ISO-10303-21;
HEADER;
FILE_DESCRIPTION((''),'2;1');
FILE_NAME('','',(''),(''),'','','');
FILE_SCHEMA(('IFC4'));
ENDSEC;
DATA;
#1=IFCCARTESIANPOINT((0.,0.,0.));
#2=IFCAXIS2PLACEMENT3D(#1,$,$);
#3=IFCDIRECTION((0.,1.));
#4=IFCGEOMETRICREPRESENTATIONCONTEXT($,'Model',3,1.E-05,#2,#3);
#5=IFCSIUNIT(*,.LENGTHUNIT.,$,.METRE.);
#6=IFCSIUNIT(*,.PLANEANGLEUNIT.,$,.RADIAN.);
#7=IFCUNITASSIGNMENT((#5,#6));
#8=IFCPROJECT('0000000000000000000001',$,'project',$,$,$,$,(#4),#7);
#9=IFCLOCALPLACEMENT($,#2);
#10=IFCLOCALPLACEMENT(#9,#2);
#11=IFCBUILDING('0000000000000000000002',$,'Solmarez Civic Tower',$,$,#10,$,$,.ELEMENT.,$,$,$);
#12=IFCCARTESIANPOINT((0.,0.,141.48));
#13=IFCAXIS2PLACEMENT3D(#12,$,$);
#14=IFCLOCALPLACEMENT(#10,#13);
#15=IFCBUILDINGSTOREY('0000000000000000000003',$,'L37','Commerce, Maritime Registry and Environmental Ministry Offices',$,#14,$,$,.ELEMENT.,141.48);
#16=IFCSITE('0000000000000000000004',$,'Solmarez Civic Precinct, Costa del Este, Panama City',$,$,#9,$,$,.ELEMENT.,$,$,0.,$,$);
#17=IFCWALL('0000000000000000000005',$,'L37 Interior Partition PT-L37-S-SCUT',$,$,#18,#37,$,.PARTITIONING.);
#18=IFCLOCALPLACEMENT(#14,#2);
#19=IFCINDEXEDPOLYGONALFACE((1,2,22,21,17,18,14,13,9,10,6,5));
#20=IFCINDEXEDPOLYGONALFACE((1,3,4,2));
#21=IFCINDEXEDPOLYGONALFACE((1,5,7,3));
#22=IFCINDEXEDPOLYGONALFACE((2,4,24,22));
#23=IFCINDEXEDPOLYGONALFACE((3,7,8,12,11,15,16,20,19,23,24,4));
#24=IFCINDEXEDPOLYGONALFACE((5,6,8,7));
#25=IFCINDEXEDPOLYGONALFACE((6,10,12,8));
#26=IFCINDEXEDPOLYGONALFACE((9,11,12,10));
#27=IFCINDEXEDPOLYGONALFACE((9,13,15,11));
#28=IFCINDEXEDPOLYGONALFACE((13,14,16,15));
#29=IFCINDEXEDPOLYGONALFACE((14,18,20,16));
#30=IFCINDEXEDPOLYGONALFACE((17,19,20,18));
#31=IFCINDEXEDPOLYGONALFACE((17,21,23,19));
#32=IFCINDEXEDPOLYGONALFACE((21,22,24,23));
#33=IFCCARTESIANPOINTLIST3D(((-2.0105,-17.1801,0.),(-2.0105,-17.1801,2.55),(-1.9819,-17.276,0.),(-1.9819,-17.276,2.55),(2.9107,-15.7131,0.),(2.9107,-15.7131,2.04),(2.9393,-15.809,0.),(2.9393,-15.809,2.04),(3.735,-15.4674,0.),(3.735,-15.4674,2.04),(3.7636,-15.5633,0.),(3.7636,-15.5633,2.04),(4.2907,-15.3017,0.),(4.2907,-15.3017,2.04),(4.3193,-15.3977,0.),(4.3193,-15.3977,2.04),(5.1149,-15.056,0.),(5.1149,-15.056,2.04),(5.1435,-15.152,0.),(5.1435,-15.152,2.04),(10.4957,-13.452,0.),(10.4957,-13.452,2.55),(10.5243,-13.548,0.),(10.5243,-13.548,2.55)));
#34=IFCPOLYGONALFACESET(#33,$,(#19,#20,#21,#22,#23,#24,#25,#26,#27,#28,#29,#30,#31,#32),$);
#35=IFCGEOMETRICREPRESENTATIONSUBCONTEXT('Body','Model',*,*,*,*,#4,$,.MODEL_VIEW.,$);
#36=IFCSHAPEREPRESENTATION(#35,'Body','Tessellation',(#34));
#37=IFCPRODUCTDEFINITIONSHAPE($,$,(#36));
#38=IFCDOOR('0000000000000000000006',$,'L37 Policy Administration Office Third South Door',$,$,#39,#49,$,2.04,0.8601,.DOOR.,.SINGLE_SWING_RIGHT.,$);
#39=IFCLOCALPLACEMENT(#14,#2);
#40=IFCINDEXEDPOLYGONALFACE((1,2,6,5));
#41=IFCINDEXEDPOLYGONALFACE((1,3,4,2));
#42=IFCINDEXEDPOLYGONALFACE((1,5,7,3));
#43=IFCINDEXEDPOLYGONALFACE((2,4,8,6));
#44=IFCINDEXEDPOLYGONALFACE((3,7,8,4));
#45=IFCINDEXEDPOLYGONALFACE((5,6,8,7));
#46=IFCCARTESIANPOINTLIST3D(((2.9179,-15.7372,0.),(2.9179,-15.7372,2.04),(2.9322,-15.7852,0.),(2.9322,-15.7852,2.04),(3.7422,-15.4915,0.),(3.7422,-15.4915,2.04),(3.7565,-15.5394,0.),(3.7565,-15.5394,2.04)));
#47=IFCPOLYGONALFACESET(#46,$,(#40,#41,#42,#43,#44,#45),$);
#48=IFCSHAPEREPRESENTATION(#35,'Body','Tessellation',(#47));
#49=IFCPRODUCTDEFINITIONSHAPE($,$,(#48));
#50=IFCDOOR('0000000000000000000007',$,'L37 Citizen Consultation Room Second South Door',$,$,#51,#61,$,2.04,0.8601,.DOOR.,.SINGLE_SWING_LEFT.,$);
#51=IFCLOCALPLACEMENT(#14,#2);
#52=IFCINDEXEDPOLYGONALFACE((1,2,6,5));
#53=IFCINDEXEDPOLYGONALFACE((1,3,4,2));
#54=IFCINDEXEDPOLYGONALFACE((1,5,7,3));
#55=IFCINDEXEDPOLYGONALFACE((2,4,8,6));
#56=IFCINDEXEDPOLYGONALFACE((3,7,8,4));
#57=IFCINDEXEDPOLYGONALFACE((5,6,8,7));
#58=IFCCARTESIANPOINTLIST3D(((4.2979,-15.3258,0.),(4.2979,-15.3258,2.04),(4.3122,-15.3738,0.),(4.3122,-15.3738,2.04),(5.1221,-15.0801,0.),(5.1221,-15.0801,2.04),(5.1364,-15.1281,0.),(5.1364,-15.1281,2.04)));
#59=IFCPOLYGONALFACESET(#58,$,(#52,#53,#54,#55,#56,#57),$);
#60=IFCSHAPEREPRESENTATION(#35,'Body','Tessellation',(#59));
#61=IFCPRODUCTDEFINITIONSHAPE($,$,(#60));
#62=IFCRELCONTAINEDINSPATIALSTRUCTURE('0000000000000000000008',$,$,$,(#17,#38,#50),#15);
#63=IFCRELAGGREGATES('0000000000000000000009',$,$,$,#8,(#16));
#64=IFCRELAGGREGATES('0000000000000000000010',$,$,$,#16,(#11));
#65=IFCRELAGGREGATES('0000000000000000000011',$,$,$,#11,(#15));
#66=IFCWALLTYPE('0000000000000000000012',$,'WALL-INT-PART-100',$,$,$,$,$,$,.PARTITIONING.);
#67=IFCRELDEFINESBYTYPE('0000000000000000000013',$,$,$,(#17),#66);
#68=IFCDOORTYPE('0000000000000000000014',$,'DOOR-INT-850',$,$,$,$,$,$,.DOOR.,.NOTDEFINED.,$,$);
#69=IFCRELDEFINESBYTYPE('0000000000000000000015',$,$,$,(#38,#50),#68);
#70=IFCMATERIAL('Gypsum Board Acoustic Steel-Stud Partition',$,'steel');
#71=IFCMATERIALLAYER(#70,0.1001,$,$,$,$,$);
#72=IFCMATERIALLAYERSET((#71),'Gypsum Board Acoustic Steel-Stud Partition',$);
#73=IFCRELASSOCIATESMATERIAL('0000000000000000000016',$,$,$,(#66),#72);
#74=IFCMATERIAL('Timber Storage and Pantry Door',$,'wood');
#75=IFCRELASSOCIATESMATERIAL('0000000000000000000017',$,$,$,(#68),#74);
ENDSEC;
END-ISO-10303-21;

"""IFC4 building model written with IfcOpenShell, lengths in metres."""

from ifc_helpers import new_model, si_unit, direction, frame, frame_2d, origin, place, context, subcontext, project, spatial, rectangle, extrude, material, layer, layer_set, type_object, element, fill, save


model = new_model("IFC4")

# Units and contexts
model_context = context("Model", 3, precision=1e-05, world=origin(), true_north=direction((0.0, 1.0)))
body_context = subcontext(model_context, "Body", "Model", "MODEL_VIEW")
ifc_project = project(units=[si_unit("LENGTHUNIT", "METRE"), si_unit("PLANEANGLEUNIT", "RADIAN")], contexts=[model_context])

# Site, building, storey
site_placement = place(None, origin())
site = spatial("IfcSite", under=ifc_project, at=site_placement, Name="Solmarez Civic Precinct, Costa del Este, Panama City", CompositionType="ELEMENT", RefElevation=0.0)
building_placement = place(site_placement, origin())
building = spatial("IfcBuilding", under=site, at=building_placement, Name="Solmarez Civic Tower", CompositionType="ELEMENT")
storey_placement = place(building_placement, frame((0.0, 0.0, 141.48)))
storey = spatial("IfcBuildingStorey", under=building, at=storey_placement, Name="L37", Description="Commerce, Maritime Registry and Environmental Ministry Offices", CompositionType="ELEMENT", Elevation=141.48)

# Shared definitions
ifc_material_1 = material(Name="Gypsum Board Acoustic Steel-Stud Partition", Category="steel")
ifc_layer_1 = layer(ifc_material_1, 0.1001)
ifc_layer_set_1 = layer_set([ifc_layer_1], Name="Gypsum Board Acoustic Steel-Stud Partition")
wall_type_1 = type_object("IfcWallType", Name="WALL-INT-PART-100", PredefinedType="PARTITIONING", material=ifc_layer_set_1)

# Wall, openings, doors
wall_1_placement = place(storey_placement, frame((-1.9961, -17.228, 0.0), z_axis=(0.0, 0.0, 1.0), x_axis=(0.958327, 0.285674, 0.0)))
wall_1 = element("IfcWall", 1, at=wall_1_placement, inside=storey, type_object=wall_type_1, Name="L37 Interior Partition PT-L37-S-SCUT", PredefinedType="PARTITIONING", context=body_context, shape_type="SweptSolid", body=[
    extrude(rectangle(XDim=13.05, YDim=0.1001, at=frame_2d((6.5249, 0.0))), origin(), (0.0, 0.0, 1.0), 2.55),
])
opening_1_placement = place(wall_1_placement, frame((5.135, 0.0, 0.0)))
opening_1 = element("IfcOpeningElement", 2, at=opening_1_placement, cuts=wall_1, PredefinedType="OPENING", context=body_context, shape_type="SweptSolid", body=[
    extrude(rectangle(XDim=0.8601, YDim=2.04, at=frame_2d((0.4302, 1.02))), frame((0.0, 0.0601, 0.0), z_axis=(0.0, -1.0, 0.0), x_axis=(1.0, 0.0, 0.0)), (0.0, 0.0, 1.0), 0.1201),
])
opening_2_placement = place(wall_1_placement, frame((6.575, 0.0, 0.0)))
opening_2 = element("IfcOpeningElement", 3, at=opening_2_placement, cuts=wall_1, PredefinedType="OPENING", context=body_context, shape_type="SweptSolid", body=[
    extrude(rectangle(XDim=0.8601, YDim=2.04, at=frame_2d((0.4302, 1.02))), frame((0.0, 0.0601, 0.0), z_axis=(0.0, -1.0, 0.0), x_axis=(1.0, 0.0, 0.0)), (0.0, 0.0, 1.0), 0.1201),
])
ifc_material_2 = material(Name="Timber Storage and Pantry Door", Category="wood")
door_type_1 = type_object("IfcDoorType", Name="DOOR-INT-850", OperationType="NOTDEFINED", PredefinedType="DOOR", material=ifc_material_2)
door_1_placement = place(opening_1_placement, origin())
door_1 = element("IfcDoor", 4, at=door_1_placement, inside=storey, type_object=door_type_1, Name="L37 Policy Administration Office Third South Door", OperationType="SINGLE_SWING_RIGHT", OverallHeight=2.04, OverallWidth=0.8601, PredefinedType="DOOR", context=body_context, shape_type="SweptSolid", body=[
    extrude(rectangle(XDim=0.8601, YDim=2.04, at=frame_2d((0.4302, 1.02))), frame((0.0, 0.0249, 0.0), z_axis=(0.0, -1.0, 0.0), x_axis=(1.0, 0.0, 0.0)), (0.0, 0.0, 1.0), 0.05),
])
fill(opening_1, door_1)
door_2_placement = place(opening_2_placement, origin())
door_2 = element("IfcDoor", 5, at=door_2_placement, inside=storey, type_object=door_type_1, Name="L37 Citizen Consultation Room Second South Door", OperationType="SINGLE_SWING_LEFT", OverallHeight=2.04, OverallWidth=0.8601, PredefinedType="DOOR", context=body_context, shape_type="SweptSolid", body=[
    extrude(rectangle(XDim=0.8601, YDim=2.04, at=frame_2d((0.4302, 1.02))), frame((0.0, 0.0249, 0.0), z_axis=(0.0, -1.0, 0.0), x_axis=(1.0, 0.0, 0.0)), (0.0, 0.0, 1.0), 0.05),
])
fill(opening_2, door_2)

save(model, "model.ifc")
